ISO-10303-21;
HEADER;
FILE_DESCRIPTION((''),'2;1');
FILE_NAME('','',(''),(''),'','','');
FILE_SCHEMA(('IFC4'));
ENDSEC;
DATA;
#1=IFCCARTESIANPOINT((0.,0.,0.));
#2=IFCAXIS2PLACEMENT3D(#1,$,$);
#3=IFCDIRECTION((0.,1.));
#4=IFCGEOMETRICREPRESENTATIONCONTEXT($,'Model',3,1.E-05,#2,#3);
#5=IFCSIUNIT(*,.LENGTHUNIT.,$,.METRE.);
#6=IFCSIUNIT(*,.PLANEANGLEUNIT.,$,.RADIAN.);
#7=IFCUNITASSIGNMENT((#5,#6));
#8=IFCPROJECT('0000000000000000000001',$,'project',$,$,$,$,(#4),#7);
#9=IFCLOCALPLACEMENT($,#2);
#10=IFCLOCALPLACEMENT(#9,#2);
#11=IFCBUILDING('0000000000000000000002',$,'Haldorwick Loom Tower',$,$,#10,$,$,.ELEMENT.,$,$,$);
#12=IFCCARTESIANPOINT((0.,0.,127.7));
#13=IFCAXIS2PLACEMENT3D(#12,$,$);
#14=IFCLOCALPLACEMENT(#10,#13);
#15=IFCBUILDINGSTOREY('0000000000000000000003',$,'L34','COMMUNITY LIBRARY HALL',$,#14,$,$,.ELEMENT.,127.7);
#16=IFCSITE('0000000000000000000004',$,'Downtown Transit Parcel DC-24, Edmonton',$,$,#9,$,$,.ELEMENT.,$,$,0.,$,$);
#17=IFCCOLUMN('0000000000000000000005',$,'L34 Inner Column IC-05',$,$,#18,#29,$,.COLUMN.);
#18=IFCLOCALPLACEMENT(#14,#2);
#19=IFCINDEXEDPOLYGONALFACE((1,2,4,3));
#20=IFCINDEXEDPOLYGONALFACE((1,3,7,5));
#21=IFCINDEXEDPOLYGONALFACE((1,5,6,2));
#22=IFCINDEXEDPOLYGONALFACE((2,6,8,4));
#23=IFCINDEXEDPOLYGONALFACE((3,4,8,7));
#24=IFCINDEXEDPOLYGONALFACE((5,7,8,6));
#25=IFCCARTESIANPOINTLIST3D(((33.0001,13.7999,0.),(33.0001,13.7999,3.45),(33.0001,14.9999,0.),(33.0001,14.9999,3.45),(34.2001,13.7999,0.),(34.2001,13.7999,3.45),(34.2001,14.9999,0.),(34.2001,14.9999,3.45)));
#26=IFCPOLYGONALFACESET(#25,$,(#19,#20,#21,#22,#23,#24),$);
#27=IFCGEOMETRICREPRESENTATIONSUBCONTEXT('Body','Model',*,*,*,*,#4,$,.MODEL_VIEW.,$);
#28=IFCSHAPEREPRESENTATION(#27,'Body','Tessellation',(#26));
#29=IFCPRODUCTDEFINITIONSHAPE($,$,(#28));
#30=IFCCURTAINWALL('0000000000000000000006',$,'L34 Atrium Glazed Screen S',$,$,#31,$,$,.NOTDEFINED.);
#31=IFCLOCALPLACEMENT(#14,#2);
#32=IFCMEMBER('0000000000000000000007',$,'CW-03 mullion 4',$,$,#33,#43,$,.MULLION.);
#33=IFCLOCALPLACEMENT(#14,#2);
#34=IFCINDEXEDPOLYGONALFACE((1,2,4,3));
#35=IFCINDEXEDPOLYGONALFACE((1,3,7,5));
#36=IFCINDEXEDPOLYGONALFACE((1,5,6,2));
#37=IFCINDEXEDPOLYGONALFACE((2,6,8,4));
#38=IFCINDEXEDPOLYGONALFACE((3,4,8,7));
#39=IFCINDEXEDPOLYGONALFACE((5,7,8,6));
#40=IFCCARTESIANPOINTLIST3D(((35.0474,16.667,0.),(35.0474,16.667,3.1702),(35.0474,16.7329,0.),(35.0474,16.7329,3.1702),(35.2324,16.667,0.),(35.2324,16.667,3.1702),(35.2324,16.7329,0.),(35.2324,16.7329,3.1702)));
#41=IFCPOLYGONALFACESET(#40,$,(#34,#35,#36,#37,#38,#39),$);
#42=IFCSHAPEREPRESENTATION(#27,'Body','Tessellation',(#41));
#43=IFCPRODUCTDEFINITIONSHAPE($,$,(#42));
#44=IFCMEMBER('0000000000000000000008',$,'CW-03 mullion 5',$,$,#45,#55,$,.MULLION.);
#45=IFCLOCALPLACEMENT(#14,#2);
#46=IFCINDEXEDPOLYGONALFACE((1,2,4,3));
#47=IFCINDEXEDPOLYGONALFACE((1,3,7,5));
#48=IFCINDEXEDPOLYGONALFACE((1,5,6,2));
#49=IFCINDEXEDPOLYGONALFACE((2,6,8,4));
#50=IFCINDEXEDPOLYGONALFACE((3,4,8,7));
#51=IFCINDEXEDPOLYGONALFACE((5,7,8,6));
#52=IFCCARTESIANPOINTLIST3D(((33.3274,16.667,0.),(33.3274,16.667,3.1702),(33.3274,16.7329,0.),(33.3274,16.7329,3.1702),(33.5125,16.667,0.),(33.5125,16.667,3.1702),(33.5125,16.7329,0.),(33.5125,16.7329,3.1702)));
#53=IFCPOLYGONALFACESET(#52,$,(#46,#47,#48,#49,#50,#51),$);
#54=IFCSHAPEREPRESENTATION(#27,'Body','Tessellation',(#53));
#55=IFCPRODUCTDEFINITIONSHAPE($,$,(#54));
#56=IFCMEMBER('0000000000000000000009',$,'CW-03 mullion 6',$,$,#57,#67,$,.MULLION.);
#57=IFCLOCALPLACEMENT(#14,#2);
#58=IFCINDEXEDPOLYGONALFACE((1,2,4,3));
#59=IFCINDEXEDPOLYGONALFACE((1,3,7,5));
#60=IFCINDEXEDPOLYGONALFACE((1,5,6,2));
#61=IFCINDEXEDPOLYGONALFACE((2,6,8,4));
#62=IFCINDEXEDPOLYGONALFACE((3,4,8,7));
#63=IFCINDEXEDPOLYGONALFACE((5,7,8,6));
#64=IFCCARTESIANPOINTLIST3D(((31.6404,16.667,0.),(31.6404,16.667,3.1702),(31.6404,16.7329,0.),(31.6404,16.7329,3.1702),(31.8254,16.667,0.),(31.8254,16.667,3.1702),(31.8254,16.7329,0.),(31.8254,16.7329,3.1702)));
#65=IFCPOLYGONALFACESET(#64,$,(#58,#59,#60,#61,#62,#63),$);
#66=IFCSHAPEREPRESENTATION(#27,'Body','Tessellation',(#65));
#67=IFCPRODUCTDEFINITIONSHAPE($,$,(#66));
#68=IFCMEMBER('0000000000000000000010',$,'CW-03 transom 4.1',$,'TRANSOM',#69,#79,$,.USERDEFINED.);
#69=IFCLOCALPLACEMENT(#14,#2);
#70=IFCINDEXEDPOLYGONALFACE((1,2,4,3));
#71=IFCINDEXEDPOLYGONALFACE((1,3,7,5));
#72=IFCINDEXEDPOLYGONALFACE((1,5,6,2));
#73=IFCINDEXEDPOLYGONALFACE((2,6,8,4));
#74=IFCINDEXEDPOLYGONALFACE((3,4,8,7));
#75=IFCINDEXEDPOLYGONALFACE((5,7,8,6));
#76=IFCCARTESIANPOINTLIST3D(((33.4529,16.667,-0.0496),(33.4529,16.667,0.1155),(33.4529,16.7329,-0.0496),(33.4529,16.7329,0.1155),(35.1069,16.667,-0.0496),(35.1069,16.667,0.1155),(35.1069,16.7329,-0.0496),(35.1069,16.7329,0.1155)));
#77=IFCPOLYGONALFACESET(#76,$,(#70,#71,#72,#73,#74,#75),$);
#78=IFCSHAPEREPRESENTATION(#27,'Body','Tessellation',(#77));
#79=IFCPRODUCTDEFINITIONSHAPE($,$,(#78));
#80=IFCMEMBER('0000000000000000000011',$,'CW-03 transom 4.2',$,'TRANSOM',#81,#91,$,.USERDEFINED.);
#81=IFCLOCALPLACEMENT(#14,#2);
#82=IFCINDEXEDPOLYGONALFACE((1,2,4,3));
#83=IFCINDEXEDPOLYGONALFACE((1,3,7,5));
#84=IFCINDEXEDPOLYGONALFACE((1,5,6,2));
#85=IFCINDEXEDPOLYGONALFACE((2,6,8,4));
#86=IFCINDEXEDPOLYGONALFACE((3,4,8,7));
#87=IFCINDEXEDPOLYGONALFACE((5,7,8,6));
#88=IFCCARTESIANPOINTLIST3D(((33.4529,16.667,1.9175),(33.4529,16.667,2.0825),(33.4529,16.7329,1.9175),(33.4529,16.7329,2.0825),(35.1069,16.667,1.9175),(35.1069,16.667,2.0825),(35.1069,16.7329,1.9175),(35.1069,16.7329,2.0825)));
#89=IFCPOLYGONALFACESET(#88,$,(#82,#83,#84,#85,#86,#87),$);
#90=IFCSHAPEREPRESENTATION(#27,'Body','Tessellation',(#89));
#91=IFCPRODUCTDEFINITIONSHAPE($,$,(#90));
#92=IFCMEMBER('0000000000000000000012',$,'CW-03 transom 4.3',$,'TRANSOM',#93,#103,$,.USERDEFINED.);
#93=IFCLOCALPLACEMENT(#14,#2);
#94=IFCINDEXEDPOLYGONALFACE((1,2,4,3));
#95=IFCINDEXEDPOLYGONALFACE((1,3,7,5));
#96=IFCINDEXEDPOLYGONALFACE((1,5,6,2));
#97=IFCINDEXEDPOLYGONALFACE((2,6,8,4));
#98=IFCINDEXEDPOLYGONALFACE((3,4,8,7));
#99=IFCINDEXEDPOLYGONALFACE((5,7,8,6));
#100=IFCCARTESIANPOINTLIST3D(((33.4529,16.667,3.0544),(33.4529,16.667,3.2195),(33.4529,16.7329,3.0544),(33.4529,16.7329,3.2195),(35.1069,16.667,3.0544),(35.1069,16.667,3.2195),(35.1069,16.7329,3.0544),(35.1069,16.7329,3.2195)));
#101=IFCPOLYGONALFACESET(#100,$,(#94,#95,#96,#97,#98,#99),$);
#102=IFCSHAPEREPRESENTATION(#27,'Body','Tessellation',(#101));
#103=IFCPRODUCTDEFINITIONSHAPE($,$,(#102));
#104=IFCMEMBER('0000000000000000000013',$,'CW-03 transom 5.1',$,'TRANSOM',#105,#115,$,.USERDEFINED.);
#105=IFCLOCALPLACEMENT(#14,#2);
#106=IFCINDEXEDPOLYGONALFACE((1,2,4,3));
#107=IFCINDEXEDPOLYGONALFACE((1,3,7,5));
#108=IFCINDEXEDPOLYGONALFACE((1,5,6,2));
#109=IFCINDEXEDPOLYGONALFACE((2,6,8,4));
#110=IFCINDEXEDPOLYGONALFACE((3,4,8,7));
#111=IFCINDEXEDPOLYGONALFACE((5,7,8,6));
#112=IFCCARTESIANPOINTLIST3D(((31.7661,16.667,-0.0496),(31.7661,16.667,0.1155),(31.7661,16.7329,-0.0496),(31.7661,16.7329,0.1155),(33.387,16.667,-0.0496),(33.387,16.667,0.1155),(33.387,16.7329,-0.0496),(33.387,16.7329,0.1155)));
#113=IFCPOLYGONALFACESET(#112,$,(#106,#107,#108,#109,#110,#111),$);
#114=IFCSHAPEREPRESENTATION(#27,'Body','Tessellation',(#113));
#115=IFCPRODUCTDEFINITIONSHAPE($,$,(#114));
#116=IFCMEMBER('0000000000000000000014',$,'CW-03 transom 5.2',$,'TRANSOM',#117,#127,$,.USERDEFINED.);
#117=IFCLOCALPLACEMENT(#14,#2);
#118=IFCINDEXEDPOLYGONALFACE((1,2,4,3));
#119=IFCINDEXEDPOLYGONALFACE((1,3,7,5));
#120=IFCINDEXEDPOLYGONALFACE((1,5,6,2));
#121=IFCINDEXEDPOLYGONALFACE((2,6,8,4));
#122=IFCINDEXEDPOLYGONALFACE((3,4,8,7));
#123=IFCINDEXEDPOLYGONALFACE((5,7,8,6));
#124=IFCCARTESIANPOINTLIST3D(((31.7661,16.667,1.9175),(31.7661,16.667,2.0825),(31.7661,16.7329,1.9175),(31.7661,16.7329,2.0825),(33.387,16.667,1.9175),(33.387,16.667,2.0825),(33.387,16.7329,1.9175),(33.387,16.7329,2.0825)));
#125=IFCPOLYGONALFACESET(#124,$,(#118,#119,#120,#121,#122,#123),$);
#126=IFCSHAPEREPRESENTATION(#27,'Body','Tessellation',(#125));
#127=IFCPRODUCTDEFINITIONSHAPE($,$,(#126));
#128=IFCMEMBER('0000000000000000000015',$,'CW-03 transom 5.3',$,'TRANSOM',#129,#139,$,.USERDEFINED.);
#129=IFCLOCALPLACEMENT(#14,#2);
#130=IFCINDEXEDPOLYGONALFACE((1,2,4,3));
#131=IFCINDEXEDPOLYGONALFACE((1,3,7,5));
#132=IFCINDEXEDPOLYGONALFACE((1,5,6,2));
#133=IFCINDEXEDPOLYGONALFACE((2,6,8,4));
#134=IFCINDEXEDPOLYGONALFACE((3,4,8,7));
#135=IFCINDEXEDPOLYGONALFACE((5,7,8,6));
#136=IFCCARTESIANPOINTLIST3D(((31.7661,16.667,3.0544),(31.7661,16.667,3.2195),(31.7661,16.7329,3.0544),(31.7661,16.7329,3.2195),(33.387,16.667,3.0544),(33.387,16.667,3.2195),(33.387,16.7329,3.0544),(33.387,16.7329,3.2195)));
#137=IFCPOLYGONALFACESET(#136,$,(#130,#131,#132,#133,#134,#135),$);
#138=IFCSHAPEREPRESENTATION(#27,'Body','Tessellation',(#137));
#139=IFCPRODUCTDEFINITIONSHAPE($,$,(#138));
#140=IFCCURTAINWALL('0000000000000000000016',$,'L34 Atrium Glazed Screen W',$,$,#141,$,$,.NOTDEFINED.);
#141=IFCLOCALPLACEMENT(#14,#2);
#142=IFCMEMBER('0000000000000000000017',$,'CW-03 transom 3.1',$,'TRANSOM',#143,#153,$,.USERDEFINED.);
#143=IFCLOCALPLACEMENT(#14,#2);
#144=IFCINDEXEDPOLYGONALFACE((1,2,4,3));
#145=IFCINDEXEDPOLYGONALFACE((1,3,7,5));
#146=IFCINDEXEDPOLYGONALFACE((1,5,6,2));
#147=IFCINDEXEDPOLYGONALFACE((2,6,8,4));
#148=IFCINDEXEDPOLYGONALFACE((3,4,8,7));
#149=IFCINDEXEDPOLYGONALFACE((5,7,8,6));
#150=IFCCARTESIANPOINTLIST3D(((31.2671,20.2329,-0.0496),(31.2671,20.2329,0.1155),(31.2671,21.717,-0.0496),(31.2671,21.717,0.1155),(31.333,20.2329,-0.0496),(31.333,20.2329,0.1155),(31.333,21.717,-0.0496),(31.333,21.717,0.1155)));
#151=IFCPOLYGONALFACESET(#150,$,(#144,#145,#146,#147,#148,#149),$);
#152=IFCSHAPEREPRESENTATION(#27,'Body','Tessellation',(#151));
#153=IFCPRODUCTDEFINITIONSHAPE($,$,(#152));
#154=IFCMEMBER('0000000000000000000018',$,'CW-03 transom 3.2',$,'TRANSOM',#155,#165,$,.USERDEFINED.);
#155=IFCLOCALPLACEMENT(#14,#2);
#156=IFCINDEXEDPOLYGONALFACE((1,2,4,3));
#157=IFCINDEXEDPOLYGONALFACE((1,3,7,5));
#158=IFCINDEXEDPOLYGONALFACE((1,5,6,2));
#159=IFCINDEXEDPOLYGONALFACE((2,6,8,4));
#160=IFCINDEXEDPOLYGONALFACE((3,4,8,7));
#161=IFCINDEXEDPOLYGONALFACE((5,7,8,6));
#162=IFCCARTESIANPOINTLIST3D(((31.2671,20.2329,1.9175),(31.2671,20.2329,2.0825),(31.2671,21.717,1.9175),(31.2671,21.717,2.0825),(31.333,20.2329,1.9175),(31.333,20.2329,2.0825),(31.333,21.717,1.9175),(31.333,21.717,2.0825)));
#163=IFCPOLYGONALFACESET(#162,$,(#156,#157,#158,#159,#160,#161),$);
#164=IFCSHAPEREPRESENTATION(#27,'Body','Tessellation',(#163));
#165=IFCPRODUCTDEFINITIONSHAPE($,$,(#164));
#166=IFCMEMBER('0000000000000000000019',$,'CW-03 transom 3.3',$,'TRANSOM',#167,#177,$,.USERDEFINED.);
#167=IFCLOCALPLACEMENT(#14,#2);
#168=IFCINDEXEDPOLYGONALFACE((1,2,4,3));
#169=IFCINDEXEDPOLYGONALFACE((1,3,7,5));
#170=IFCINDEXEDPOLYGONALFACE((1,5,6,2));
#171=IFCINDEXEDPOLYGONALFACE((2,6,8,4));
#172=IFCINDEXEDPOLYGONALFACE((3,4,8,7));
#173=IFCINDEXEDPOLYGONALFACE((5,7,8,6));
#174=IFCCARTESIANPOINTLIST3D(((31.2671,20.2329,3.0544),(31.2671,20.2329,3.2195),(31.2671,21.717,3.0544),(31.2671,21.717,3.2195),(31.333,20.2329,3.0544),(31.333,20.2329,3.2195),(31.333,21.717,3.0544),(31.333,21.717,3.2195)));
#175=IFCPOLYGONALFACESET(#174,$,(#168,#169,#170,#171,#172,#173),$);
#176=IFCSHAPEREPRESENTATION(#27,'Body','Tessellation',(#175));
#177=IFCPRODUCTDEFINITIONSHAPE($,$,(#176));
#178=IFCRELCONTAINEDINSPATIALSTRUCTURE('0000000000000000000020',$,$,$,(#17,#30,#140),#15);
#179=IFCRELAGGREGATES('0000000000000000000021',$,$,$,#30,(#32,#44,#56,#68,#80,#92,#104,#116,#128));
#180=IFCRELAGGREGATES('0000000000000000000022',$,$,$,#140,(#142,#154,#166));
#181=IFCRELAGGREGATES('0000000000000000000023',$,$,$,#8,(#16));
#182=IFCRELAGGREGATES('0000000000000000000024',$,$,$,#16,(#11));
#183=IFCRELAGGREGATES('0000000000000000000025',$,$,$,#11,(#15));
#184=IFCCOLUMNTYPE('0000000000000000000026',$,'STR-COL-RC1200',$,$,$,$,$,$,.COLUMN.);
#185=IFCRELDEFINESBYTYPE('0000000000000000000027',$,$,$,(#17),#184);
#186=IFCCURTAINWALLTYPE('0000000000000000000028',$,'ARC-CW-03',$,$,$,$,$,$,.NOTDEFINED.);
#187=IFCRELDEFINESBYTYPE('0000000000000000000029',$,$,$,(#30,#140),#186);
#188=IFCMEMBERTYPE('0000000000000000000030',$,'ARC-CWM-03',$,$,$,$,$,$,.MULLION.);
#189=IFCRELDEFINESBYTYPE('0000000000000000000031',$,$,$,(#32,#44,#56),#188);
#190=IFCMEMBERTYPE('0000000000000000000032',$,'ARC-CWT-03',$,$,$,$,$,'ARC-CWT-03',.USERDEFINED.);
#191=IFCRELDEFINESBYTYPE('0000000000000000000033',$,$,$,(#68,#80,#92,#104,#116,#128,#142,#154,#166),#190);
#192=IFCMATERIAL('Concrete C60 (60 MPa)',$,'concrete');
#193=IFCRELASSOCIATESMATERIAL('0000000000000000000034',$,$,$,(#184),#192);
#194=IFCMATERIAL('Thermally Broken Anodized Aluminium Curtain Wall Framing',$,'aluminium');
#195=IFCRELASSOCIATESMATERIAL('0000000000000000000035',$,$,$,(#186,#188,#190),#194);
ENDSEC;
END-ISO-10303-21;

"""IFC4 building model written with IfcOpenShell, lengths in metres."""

from ifc_helpers import new_model, si_unit, direction, frame, origin, origin_2d, place, context, subcontext, project, spatial, rectangle, extrude, material, material_profile, profile_set, type_object, element, aggregate, save


model = new_model("IFC4")

# Units and contexts
model_context = context("Model", 3, precision=1e-05, world=origin(), true_north=direction((0.0, 1.0)))
body_context = subcontext(model_context, "Body", "Model", "MODEL_VIEW")
ifc_project = project(units=[si_unit("LENGTHUNIT", "METRE"), si_unit("PLANEANGLEUNIT", "RADIAN")], contexts=[model_context])

# Site, building, storey
site_placement = place(None, origin())
site = spatial("IfcSite", under=ifc_project, at=site_placement, Name="Downtown Transit Parcel DC-24, Edmonton", CompositionType="ELEMENT", RefElevation=0.0)
building_placement = place(site_placement, origin())
building = spatial("IfcBuilding", under=site, at=building_placement, Name="Haldorwick Loom Tower", CompositionType="ELEMENT")
storey_placement = place(building_placement, frame((0.0, 0.0, 127.7)))
storey = spatial("IfcBuildingStorey", under=building, at=storey_placement, Name="L34", Description="COMMUNITY LIBRARY HALL", CompositionType="ELEMENT", Elevation=127.7)

# Column
ifc_material_1 = material(Name="Concrete C60 (60 MPa)", Category="concrete")
ifc_material_profile_1 = material_profile(ifc_material_1, rectangle(XDim=1.2, YDim=1.2, at=origin_2d()), Name="RC1200X1200", Category="concrete")
ifc_profile_set_1 = profile_set([ifc_material_profile_1], Name="Concrete C60 (60 MPa)")
column_type = type_object("IfcColumnType", Name="STR-COL-RC1200", PredefinedType="COLUMN", material=ifc_profile_set_1)
column_placement = place(storey_placement, frame((33.6001, 14.3999, 0.0), z_axis=(0.0, 0.0, 1.0), x_axis=(1.0, 0.0, 0.0)))
element("IfcColumn", 1, at=column_placement, inside=storey, type_object=column_type, Name="L34 Inner Column IC-05", PredefinedType="COLUMN", context=body_context, shape_type="SweptSolid", body=[
    extrude(rectangle(XDim=1.2, YDim=1.2, at=origin_2d()), origin(), (0.0, 0.0, 1.0), 3.45),
])

# Curtain walls, members
ifc_material_2 = material(Name="Thermally Broken Anodized Aluminium Curtain Wall Framing", Category="aluminium")
curtain_wall_type = type_object("IfcCurtainWallType", Name="ARC-CW-03", PredefinedType="NOTDEFINED", material=ifc_material_2)
curtain_wall_1_placement = place(storey_placement, origin())
curtain_wall_1 = element("IfcCurtainWall", 2, at=curtain_wall_1_placement, inside=storey, type_object=curtain_wall_type, Name="L34 Atrium Glazed Screen S", PredefinedType="NOTDEFINED")
ifc_material_profile_2 = material_profile(ifc_material_2, rectangle(XDim=0.0659, YDim=0.1851, at=origin_2d()), Name="ALU_MUL_66X185", Category="aluminium")
ifc_profile_set_2 = profile_set([ifc_material_profile_2], Name="Thermally Broken Anodized Aluminium Curtain Wall Framing")
member_type_1 = type_object("IfcMemberType", Name="ARC-CWM-03", PredefinedType="MULLION", material=ifc_profile_set_2)
member_1_placement = place(storey_placement, frame((35.1399, 16.7, 0.0), z_axis=(0.0, 0.0, 1.0), x_axis=(0.0, -1.0, 0.0)))
member_1 = element("IfcMember", 3, at=member_1_placement, type_object=member_type_1, Name="CW-03 mullion 4", PredefinedType="MULLION", context=body_context, shape_type="SweptSolid", body=[
    extrude(rectangle(XDim=0.0659, YDim=0.1851, at=origin_2d()), origin(), (0.0, 0.0, 1.0), 3.1702),
])
member_2_placement = place(storey_placement, frame((33.4199, 16.7, 0.0), z_axis=(0.0, 0.0, 1.0), x_axis=(0.0, -1.0, 0.0)))
member_2 = element("IfcMember", 4, at=member_2_placement, type_object=member_type_1, Name="CW-03 mullion 5", PredefinedType="MULLION", context=body_context, shape_type="SweptSolid", body=[
    extrude(rectangle(XDim=0.0659, YDim=0.1851, at=origin_2d()), origin(), (0.0, 0.0, 1.0), 3.1702),
])
member_3_placement = place(storey_placement, frame((31.7329, 16.7, 0.0), z_axis=(0.0, 0.0, 1.0), x_axis=(0.0, -1.0, 0.0)))
member_3 = element("IfcMember", 5, at=member_3_placement, type_object=member_type_1, Name="CW-03 mullion 6", PredefinedType="MULLION", context=body_context, shape_type="SweptSolid", body=[
    extrude(rectangle(XDim=0.0659, YDim=0.1851, at=origin_2d()), origin(), (0.0, 0.0, 1.0), 3.1702),
])
ifc_material_profile_3 = material_profile(ifc_material_2, rectangle(XDim=0.0659, YDim=0.165, at=origin_2d()), Name="ALU_TRN_66X165", Category="aluminium")
ifc_profile_set_3 = profile_set([ifc_material_profile_3], Name="Thermally Broken Anodized Aluminium Curtain Wall Framing")
member_type_2 = type_object("IfcMemberType", Name="ARC-CWT-03", ElementType="ARC-CWT-03", PredefinedType="USERDEFINED", material=ifc_profile_set_3)
member_4_placement = place(storey_placement, frame((35.1069, 16.7, 0.033), z_axis=(-1.0, 0.0, 0.0), x_axis=(0.0, -1.0, 0.0)))
member_4 = element("IfcMember", 6, at=member_4_placement, type_object=member_type_2, Name="CW-03 transom 4.1", ObjectType="TRANSOM", PredefinedType="USERDEFINED", context=body_context, shape_type="SweptSolid", body=[
    extrude(rectangle(XDim=0.0659, YDim=0.165, at=origin_2d()), origin(), (0.0, 0.0, 1.0), 1.6541),
])
member_5_placement = place(storey_placement, frame((35.1069, 16.7, 2.0), z_axis=(-1.0, 0.0, 0.0), x_axis=(0.0, -1.0, 0.0)))
member_5 = element("IfcMember", 7, at=member_5_placement, type_object=member_type_2, Name="CW-03 transom 4.2", ObjectType="TRANSOM", PredefinedType="USERDEFINED", context=body_context, shape_type="SweptSolid", body=[
    extrude(rectangle(XDim=0.0659, YDim=0.165, at=origin_2d()), origin(), (0.0, 0.0, 1.0), 1.6541),
])
member_6_placement = place(storey_placement, frame((35.1069, 16.7, 3.137), z_axis=(-1.0, 0.0, 0.0), x_axis=(0.0, -1.0, 0.0)))
member_6 = element("IfcMember", 8, at=member_6_placement, type_object=member_type_2, Name="CW-03 transom 4.3", ObjectType="TRANSOM", PredefinedType="USERDEFINED", context=body_context, shape_type="SweptSolid", body=[
    extrude(rectangle(XDim=0.0659, YDim=0.165, at=origin_2d()), origin(), (0.0, 0.0, 1.0), 1.6541),
])
member_7_placement = place(storey_placement, frame((33.387, 16.7, 0.033), z_axis=(-1.0, 0.0, 0.0), x_axis=(0.0, -1.0, 0.0)))
member_7 = element("IfcMember", 9, at=member_7_placement, type_object=member_type_2, Name="CW-03 transom 5.1", ObjectType="TRANSOM", PredefinedType="USERDEFINED", context=body_context, shape_type="SweptSolid", body=[
    extrude(rectangle(XDim=0.0659, YDim=0.165, at=origin_2d()), origin(), (0.0, 0.0, 1.0), 1.6208),
])
member_8_placement = place(storey_placement, frame((33.387, 16.7, 2.0), z_axis=(-1.0, 0.0, 0.0), x_axis=(0.0, -1.0, 0.0)))
member_8 = element("IfcMember", 10, at=member_8_placement, type_object=member_type_2, Name="CW-03 transom 5.2", ObjectType="TRANSOM", PredefinedType="USERDEFINED", context=body_context, shape_type="SweptSolid", body=[
    extrude(rectangle(XDim=0.0659, YDim=0.165, at=origin_2d()), origin(), (0.0, 0.0, 1.0), 1.6208),
])
member_9_placement = place(storey_placement, frame((33.387, 16.7, 3.137), z_axis=(-1.0, 0.0, 0.0), x_axis=(0.0, -1.0, 0.0)))
member_9 = element("IfcMember", 11, at=member_9_placement, type_object=member_type_2, Name="CW-03 transom 5.3", ObjectType="TRANSOM", PredefinedType="USERDEFINED", context=body_context, shape_type="SweptSolid", body=[
    extrude(rectangle(XDim=0.0659, YDim=0.165, at=origin_2d()), origin(), (0.0, 0.0, 1.0), 1.6208),
])
curtain_wall_2_placement = place(storey_placement, origin())
curtain_wall_2 = element("IfcCurtainWall", 12, at=curtain_wall_2_placement, inside=storey, type_object=curtain_wall_type, Name="L34 Atrium Glazed Screen W", PredefinedType="NOTDEFINED")
member_10_placement = place(storey_placement, frame((31.3, 20.2329, 0.033), z_axis=(0.0, 1.0, 0.0), x_axis=(-1.0, 0.0, 0.0)))
member_10 = element("IfcMember", 13, at=member_10_placement, type_object=member_type_2, Name="CW-03 transom 3.1", ObjectType="TRANSOM", PredefinedType="USERDEFINED", context=body_context, shape_type="SweptSolid", body=[
    extrude(rectangle(XDim=0.0659, YDim=0.165, at=origin_2d()), origin(), (0.0, 0.0, 1.0), 1.4841),
])
member_11_placement = place(storey_placement, frame((31.3, 20.2329, 2.0), z_axis=(0.0, 1.0, 0.0), x_axis=(-1.0, 0.0, 0.0)))
member_11 = element("IfcMember", 14, at=member_11_placement, type_object=member_type_2, Name="CW-03 transom 3.2", ObjectType="TRANSOM", PredefinedType="USERDEFINED", context=body_context, shape_type="SweptSolid", body=[
    extrude(rectangle(XDim=0.0659, YDim=0.165, at=origin_2d()), origin(), (0.0, 0.0, 1.0), 1.4841),
])
member_12_placement = place(storey_placement, frame((31.3, 20.2329, 3.137), z_axis=(0.0, 1.0, 0.0), x_axis=(-1.0, 0.0, 0.0)))
member_12 = element("IfcMember", 15, at=member_12_placement, type_object=member_type_2, Name="CW-03 transom 3.3", ObjectType="TRANSOM", PredefinedType="USERDEFINED", context=body_context, shape_type="SweptSolid", body=[
    extrude(rectangle(XDim=0.0659, YDim=0.165, at=origin_2d()), origin(), (0.0, 0.0, 1.0), 1.4841),
])

aggregate(curtain_wall_1, [member_1, member_2, member_3, member_4, member_5, member_6, member_7, member_8, member_9])
aggregate(curtain_wall_2, [member_10, member_11, member_12])

save(model, "model.ifc")
